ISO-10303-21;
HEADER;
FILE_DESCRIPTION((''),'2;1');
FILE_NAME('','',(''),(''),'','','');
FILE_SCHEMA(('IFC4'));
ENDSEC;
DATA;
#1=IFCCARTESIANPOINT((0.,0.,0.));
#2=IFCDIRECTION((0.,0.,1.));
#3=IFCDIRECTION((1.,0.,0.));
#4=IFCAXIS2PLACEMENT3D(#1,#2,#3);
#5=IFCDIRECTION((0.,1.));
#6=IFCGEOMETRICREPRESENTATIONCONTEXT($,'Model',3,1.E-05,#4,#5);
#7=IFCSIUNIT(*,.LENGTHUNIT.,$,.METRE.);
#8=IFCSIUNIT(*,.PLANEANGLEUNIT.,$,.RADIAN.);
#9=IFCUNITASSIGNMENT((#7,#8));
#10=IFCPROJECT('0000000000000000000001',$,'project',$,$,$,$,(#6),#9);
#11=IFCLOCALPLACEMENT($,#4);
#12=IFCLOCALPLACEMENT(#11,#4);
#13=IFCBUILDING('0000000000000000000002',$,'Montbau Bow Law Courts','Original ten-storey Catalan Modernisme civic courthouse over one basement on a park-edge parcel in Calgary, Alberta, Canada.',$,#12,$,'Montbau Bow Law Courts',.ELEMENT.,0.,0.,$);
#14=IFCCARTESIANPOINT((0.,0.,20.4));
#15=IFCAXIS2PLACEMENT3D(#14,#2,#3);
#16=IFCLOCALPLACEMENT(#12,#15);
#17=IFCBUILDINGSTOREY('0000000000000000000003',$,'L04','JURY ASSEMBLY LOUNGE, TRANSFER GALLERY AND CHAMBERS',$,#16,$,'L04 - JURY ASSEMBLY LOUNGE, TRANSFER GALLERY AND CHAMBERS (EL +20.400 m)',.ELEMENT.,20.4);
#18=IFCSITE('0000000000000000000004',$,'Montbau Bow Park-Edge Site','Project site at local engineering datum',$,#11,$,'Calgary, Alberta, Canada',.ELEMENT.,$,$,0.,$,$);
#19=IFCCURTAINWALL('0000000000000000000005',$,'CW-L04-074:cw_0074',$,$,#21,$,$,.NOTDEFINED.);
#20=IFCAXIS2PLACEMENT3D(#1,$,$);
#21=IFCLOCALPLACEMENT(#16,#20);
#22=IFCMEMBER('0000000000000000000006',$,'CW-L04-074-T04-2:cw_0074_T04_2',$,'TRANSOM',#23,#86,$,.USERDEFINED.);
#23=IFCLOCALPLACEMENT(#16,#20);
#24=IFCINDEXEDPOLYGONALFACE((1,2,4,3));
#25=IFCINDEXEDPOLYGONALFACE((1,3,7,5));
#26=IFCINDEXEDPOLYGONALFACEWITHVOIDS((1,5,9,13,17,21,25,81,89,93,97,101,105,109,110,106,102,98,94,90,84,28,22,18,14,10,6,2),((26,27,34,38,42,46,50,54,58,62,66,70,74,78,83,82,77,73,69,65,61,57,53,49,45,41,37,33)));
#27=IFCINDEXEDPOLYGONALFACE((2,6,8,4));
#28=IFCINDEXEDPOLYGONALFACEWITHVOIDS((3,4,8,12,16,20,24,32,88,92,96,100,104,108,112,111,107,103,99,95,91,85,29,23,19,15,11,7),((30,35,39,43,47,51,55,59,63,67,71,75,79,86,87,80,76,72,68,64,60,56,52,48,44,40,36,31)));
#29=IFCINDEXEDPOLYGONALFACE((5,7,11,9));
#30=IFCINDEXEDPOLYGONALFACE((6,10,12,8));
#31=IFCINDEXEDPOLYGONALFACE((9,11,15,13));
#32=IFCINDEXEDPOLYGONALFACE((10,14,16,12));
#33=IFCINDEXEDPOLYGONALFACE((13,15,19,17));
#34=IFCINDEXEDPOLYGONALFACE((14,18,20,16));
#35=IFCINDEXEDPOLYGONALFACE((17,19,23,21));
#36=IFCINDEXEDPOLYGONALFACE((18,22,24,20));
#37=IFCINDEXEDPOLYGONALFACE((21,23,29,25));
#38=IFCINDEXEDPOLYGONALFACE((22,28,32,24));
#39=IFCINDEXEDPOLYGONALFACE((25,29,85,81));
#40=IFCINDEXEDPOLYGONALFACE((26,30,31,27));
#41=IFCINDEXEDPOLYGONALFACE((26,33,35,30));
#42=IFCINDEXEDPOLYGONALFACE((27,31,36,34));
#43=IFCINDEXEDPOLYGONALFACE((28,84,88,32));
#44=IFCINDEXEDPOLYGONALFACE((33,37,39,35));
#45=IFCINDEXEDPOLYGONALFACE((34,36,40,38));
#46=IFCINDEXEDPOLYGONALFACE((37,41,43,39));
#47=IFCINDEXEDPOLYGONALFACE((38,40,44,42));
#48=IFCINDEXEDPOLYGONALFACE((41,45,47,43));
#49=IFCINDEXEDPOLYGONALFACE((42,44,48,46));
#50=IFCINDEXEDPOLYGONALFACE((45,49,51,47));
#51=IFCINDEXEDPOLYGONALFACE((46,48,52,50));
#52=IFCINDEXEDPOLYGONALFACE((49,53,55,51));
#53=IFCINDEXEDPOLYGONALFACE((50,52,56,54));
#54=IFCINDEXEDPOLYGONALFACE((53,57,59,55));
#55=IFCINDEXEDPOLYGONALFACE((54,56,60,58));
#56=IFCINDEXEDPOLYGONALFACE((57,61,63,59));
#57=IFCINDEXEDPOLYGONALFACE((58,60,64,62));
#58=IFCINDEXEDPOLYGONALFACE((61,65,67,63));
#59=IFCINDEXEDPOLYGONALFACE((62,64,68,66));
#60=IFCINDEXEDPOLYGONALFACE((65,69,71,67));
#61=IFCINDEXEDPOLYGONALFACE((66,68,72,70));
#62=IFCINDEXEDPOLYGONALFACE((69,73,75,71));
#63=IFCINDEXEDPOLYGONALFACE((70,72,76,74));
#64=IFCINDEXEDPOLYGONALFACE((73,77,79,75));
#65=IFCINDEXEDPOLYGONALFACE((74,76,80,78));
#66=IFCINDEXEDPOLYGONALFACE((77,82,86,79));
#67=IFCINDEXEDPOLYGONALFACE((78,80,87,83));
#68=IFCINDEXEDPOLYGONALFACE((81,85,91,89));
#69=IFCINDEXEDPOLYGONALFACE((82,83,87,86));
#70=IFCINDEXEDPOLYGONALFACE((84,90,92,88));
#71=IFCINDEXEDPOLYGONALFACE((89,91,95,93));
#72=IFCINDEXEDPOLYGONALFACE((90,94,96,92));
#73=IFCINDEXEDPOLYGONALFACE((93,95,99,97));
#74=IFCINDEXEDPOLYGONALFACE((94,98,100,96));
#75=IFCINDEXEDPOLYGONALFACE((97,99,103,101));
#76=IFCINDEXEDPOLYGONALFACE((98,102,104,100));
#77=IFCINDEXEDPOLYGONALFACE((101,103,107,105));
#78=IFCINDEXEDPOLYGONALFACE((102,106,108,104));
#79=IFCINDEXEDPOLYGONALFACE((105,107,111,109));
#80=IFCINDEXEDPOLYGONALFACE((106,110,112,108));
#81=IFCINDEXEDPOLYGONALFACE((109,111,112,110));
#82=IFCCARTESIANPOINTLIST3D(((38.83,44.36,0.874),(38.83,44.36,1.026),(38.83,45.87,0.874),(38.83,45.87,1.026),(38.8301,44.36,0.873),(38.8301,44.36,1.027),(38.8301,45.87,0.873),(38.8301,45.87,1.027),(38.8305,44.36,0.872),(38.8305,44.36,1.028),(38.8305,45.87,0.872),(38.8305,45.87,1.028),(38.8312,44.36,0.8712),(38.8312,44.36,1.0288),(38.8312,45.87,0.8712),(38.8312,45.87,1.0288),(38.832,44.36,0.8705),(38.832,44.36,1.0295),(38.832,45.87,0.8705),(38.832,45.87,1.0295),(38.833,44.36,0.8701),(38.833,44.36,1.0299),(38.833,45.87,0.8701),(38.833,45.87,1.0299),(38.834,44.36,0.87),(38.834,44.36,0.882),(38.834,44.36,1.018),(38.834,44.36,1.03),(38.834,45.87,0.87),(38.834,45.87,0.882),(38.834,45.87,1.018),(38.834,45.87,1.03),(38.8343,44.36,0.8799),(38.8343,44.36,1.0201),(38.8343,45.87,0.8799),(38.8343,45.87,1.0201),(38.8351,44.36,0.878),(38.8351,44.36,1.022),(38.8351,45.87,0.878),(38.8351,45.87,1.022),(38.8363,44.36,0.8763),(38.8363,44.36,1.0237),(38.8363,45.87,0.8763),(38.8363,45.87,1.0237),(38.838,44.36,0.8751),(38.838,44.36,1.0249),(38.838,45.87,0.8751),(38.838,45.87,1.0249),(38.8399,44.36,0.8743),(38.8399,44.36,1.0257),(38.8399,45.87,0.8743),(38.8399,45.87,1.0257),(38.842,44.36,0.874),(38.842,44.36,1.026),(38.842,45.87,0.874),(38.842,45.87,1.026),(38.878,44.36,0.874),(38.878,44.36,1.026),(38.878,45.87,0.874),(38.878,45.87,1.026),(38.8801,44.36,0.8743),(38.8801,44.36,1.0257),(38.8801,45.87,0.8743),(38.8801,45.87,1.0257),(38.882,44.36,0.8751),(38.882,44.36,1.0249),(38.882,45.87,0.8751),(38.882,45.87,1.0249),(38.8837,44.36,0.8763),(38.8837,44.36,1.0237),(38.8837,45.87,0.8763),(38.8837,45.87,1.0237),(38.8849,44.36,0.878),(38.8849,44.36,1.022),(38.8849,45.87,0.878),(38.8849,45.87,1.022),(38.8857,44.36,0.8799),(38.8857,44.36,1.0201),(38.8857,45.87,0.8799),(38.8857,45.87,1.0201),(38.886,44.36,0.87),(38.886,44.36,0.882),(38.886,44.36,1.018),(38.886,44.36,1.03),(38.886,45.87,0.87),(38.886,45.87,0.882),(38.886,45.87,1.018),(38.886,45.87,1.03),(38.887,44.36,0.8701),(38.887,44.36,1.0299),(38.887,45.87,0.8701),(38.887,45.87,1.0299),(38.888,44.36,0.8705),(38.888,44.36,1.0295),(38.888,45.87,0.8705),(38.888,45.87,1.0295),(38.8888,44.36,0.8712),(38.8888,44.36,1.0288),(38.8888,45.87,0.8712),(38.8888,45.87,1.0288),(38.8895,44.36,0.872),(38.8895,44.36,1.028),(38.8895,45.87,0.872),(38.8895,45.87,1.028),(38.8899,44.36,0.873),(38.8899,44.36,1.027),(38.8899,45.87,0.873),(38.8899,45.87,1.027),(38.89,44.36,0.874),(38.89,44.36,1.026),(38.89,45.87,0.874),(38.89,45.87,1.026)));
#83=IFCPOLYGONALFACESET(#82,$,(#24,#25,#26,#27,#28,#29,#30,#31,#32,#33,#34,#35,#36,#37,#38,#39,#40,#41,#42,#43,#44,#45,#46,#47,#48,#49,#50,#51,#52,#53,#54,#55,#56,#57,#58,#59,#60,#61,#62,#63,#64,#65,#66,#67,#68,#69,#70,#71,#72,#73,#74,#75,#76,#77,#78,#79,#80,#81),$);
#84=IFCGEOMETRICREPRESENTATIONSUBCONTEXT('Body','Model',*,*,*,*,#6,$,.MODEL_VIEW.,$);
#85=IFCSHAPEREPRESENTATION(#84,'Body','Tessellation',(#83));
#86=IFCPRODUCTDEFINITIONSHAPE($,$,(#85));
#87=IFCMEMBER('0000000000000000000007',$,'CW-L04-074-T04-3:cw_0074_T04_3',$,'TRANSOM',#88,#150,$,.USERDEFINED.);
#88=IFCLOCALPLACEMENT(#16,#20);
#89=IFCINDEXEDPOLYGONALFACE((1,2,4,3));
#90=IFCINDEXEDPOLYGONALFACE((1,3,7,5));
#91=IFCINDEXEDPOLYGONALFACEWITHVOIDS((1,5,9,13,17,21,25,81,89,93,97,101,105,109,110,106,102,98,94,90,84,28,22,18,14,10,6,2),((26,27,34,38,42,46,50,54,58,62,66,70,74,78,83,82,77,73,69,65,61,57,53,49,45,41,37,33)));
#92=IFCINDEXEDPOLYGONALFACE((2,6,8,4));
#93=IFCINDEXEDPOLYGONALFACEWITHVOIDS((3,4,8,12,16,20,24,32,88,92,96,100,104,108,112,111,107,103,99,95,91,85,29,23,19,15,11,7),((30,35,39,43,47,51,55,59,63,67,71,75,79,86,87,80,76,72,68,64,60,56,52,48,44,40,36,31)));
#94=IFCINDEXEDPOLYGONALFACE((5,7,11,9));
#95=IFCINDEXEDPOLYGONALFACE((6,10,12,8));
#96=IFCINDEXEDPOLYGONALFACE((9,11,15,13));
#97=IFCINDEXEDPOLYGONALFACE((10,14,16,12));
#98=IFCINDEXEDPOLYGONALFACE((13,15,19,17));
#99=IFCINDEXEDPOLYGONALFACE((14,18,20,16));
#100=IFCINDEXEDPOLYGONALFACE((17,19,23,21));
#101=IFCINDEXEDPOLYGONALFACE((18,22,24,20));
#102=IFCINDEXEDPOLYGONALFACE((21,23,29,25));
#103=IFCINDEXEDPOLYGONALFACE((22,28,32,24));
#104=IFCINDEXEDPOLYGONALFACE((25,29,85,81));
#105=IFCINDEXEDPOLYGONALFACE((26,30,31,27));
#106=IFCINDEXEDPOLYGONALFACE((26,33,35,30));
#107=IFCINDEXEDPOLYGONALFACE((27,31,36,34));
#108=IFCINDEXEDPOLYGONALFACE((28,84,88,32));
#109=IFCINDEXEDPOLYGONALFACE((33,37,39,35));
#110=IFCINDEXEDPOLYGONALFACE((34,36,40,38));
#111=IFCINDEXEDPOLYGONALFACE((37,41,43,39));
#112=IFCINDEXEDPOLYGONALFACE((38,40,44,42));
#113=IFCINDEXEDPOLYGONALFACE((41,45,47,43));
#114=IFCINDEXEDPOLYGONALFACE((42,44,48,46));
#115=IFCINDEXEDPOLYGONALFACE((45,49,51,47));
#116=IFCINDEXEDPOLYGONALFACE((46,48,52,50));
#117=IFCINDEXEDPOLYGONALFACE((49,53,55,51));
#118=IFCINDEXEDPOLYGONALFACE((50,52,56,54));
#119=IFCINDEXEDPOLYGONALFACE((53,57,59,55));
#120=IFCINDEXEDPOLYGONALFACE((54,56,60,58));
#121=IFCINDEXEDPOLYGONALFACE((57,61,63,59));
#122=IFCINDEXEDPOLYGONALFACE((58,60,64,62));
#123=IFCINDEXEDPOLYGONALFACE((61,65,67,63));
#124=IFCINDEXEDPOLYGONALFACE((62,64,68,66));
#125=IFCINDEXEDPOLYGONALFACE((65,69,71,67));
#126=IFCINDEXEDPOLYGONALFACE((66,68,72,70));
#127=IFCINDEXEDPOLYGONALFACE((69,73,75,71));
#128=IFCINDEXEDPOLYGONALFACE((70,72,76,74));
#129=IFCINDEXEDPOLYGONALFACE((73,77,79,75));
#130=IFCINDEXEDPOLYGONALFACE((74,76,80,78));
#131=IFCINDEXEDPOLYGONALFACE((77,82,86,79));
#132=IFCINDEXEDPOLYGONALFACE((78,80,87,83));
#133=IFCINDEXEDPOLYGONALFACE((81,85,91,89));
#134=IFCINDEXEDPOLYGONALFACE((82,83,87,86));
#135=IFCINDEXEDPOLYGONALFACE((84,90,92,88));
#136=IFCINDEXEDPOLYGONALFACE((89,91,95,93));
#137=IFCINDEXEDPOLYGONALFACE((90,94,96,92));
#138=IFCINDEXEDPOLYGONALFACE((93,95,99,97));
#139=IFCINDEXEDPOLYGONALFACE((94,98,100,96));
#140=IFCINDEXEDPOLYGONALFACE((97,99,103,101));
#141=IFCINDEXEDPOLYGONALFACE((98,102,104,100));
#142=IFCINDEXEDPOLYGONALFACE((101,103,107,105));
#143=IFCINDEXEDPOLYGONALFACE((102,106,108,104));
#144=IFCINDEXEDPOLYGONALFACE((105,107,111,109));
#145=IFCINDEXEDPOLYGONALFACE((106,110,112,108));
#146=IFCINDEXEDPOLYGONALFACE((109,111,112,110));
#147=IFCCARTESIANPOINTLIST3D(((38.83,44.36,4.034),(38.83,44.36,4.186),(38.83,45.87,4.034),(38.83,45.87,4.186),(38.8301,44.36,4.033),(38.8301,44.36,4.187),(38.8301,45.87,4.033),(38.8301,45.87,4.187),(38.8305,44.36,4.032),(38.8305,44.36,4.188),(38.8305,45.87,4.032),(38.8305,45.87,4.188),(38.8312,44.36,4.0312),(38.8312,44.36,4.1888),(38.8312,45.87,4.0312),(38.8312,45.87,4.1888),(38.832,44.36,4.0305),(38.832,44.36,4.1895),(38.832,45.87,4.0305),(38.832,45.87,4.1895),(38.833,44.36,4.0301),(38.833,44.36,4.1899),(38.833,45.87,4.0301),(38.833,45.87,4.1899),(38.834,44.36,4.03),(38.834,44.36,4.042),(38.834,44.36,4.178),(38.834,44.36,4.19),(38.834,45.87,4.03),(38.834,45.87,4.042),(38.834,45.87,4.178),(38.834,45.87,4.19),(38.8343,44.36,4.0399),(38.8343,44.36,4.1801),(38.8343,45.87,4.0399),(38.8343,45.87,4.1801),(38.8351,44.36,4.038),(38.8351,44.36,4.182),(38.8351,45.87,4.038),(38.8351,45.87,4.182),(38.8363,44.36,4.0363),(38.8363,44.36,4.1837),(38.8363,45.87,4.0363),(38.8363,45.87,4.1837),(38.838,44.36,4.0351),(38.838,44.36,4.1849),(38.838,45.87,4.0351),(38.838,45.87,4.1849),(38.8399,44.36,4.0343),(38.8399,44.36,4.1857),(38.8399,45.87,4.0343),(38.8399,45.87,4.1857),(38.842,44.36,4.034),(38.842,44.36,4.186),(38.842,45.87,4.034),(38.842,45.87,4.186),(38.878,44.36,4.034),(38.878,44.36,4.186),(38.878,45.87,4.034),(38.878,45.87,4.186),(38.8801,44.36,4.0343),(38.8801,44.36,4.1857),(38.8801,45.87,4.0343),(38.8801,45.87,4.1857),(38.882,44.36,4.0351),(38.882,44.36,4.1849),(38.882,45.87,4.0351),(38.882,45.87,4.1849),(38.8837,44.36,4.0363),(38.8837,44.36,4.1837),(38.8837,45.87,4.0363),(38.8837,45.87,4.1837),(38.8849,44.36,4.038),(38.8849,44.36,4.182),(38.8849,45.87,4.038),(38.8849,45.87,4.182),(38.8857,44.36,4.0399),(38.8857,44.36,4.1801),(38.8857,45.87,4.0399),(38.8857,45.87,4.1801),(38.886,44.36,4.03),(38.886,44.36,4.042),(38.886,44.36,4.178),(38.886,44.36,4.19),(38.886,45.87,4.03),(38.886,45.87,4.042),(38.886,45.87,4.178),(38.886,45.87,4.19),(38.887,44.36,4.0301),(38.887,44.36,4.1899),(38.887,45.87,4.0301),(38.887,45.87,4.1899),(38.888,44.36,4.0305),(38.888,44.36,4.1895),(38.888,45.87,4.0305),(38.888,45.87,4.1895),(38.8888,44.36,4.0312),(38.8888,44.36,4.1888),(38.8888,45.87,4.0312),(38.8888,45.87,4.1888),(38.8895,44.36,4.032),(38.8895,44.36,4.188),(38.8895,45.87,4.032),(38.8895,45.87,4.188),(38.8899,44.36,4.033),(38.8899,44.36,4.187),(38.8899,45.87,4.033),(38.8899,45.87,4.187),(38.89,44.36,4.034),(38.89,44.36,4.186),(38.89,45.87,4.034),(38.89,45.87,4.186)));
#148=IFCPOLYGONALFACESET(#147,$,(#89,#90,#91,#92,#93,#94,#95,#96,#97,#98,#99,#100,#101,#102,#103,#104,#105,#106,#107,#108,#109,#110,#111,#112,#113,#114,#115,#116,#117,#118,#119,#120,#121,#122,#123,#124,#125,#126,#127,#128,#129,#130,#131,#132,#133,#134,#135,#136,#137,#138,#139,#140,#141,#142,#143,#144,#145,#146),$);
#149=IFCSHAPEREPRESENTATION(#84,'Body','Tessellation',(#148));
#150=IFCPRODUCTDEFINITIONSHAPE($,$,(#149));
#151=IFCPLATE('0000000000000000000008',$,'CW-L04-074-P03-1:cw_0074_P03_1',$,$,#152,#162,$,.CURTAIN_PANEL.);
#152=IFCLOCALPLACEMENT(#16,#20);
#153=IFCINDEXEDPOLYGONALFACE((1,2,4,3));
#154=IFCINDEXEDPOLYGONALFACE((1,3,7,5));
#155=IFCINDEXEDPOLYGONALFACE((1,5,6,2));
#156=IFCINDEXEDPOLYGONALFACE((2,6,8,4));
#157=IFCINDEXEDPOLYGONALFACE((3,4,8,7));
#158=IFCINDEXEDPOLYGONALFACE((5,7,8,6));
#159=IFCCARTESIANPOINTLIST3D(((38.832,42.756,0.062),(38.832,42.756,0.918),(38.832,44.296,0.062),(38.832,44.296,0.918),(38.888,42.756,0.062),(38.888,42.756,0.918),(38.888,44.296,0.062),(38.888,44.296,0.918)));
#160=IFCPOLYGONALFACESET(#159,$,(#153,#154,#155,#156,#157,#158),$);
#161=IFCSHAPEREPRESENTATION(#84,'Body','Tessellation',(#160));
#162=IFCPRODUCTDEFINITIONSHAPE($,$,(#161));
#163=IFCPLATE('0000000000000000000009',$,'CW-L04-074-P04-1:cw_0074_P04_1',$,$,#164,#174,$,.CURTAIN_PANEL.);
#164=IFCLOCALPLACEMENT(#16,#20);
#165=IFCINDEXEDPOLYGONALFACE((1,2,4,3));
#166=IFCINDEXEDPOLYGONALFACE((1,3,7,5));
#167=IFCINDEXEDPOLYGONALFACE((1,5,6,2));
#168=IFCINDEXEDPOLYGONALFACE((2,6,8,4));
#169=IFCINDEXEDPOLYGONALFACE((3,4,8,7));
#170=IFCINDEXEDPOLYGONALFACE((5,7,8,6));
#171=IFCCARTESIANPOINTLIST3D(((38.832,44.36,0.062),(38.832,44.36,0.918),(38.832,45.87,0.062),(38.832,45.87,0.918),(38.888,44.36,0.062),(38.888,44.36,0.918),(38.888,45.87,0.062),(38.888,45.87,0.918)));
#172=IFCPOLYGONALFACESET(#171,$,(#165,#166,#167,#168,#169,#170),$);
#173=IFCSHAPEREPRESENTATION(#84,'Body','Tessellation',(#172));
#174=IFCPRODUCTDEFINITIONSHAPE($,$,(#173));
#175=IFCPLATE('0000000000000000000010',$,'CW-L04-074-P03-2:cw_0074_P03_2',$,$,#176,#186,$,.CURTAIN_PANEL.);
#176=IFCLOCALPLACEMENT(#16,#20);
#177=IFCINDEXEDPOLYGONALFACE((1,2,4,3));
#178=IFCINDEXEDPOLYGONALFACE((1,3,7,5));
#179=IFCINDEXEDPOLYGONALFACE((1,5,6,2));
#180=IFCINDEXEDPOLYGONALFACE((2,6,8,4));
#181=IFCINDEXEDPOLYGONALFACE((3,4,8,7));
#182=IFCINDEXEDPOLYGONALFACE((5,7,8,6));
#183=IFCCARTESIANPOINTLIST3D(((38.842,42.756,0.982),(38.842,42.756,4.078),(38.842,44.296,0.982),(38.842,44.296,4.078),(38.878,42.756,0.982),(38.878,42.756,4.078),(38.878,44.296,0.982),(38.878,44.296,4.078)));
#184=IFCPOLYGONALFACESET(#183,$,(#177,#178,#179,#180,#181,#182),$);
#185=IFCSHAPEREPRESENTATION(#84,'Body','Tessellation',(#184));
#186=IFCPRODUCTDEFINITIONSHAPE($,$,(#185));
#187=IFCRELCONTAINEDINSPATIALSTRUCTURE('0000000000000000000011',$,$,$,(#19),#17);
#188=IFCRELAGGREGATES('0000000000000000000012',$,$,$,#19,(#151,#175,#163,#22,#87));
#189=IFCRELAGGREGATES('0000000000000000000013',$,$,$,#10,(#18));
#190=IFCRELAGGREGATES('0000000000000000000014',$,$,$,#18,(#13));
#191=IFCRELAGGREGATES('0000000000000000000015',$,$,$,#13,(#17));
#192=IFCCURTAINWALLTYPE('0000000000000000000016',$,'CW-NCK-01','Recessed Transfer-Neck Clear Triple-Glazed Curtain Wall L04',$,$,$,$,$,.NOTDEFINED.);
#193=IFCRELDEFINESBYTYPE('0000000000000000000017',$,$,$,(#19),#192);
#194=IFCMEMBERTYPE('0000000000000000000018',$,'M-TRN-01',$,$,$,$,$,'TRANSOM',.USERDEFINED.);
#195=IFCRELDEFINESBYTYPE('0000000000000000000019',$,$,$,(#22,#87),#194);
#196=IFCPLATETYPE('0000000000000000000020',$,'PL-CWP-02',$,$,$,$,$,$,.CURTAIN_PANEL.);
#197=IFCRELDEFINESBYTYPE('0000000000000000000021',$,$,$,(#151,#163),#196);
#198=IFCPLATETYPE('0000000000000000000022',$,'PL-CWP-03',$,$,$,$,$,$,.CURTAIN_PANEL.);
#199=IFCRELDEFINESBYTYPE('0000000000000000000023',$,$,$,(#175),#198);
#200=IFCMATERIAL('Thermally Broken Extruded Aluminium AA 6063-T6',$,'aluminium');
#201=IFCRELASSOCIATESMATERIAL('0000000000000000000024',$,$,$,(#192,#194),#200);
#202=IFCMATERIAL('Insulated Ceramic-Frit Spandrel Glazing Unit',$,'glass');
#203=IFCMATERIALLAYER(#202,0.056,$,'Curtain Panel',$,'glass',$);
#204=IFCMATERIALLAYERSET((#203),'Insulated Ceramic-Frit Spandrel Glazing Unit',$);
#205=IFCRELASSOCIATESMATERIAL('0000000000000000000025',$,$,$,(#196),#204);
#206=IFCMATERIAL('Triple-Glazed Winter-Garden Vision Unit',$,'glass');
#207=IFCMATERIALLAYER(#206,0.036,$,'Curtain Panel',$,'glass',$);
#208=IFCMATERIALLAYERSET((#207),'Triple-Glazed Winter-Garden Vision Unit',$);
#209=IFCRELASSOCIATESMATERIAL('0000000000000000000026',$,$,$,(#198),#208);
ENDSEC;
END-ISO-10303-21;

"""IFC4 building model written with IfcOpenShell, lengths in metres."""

from ifc_helpers import new_model, si_unit, direction, frame, frame_2d, origin_with_axes, origin_2d_with_axis, place, context, subcontext, project, spatial, rectangle, hollow_rectangle, extrude, material, layer, layer_set, material_profile, profile_set, type_object, element, aggregate, save


model = new_model("IFC4")

# Units and contexts
model_context = context("Model", 3, precision=1e-05, world=origin_with_axes(), true_north=direction((0.0, 1.0)))
body_context = subcontext(model_context, "Body", "Model", "MODEL_VIEW")
ifc_project = project(units=[si_unit("LENGTHUNIT", "METRE"), si_unit("PLANEANGLEUNIT", "RADIAN")], contexts=[model_context])

# Site, building, storey
site_placement = place(None, origin_with_axes())
site = spatial("IfcSite", under=ifc_project, at=site_placement, Name="Montbau Bow Park-Edge Site", Description="Project site at local engineering datum", LongName="Calgary, Alberta, Canada", CompositionType="ELEMENT", RefElevation=0.0)
building_placement = place(site_placement, origin_with_axes())
building = spatial("IfcBuilding", under=site, at=building_placement, Name="Montbau Bow Law Courts", Description="Original ten-storey Catalan Modernisme civic courthouse over one basement on a park-edge parcel in Calgary, Alberta, Canada.", LongName="Montbau Bow Law Courts", CompositionType="ELEMENT", ElevationOfRefHeight=0.0, ElevationOfTerrain=0.0)
storey_placement = place(building_placement, frame((0.0, 0.0, 20.4), z_axis=(0.0, 0.0, 1.0), x_axis=(1.0, 0.0, 0.0)))
storey = spatial("IfcBuildingStorey", under=building, at=storey_placement, Name="L04", Description="JURY ASSEMBLY LOUNGE, TRANSFER GALLERY AND CHAMBERS", LongName="L04 - JURY ASSEMBLY LOUNGE, TRANSFER GALLERY AND CHAMBERS (EL +20.400 m)", CompositionType="ELEMENT", Elevation=20.4)

# Curtain wall, members, plates
ifc_material_1 = material(Name="Thermally Broken Extruded Aluminium AA 6063-T6", Category="aluminium")
curtain_wall_type = type_object("IfcCurtainWallType", Name="CW-NCK-01", Description="Recessed Transfer-Neck Clear Triple-Glazed Curtain Wall L04", PredefinedType="NOTDEFINED", material=ifc_material_1)
curtain_wall_placement = place(None, frame((38.86, 39.515, 20.4), z_axis=(0.0, 0.0, 1.0), x_axis=(1.0, 0.0, 0.0)))
curtain_wall = element("IfcCurtainWall", 1, at=curtain_wall_placement, inside=storey, type_object=curtain_wall_type, Name="CW-L04-074:cw_0074", PredefinedType="NOTDEFINED")
ifc_material_profile_1 = material_profile(ifc_material_1, hollow_rectangle(XDim=0.06, YDim=0.16, WallThickness=0.004, InnerFilletRadius=0.008, OuterFilletRadius=0.004, at=origin_2d_with_axis()), Name="CWT-160X60", Category="Main", Priority=0)
ifc_profile_set_1 = profile_set([ifc_material_profile_1], Name="Thermally Broken Extruded Aluminium AA 6063-T6")
member_type_1 = type_object("IfcMemberType", Name="M-TRN-01", ElementType="TRANSOM", PredefinedType="USERDEFINED", material=ifc_profile_set_1)
member_1_placement = place(None, frame((38.86, 44.36, 21.35), z_axis=(0.0, 1.0, 0.0), x_axis=(-1.0, 0.0, 0.0)))
member_1 = element("IfcMember", 2, at=member_1_placement, type_object=member_type_1, Name="CW-L04-074-T04-2:cw_0074_T04_2", ObjectType="TRANSOM", PredefinedType="USERDEFINED", context=body_context, shape_type="SweptSolid", body=[
    extrude(hollow_rectangle(XDim=0.06, YDim=0.16, WallThickness=0.004, InnerFilletRadius=0.008, OuterFilletRadius=0.004, at=origin_2d_with_axis()), origin_with_axes(), (0.0, 0.0, 1.0), 1.51),
])
member_2_placement = place(None, frame((38.86, 44.36, 24.51), z_axis=(0.0, 1.0, 0.0), x_axis=(-1.0, 0.0, 0.0)))
member_2 = element("IfcMember", 3, at=member_2_placement, type_object=member_type_1, Name="CW-L04-074-T04-3:cw_0074_T04_3", ObjectType="TRANSOM", PredefinedType="USERDEFINED", context=body_context, shape_type="SweptSolid", body=[
    extrude(hollow_rectangle(XDim=0.06, YDim=0.16, WallThickness=0.004, InnerFilletRadius=0.008, OuterFilletRadius=0.004, at=origin_2d_with_axis()), origin_with_axes(), (0.0, 0.0, 1.0), 1.51),
])
ifc_material_2 = material(Name="Insulated Ceramic-Frit Spandrel Glazing Unit", Category="glass")
ifc_layer_1 = layer(ifc_material_2, 0.056, Name="Curtain Panel", Category="glass")
ifc_layer_set_1 = layer_set([ifc_layer_1], Name="Insulated Ceramic-Frit Spandrel Glazing Unit")
plate_type_1 = type_object("IfcPlateType", Name="PL-CWP-02", PredefinedType="CURTAIN_PANEL", material=ifc_layer_set_1)
plate_1_placement = place(None, frame((38.86, 42.756, 20.462), z_axis=(1.0, 0.0, 0.0), x_axis=(0.0, 1.0, 0.0)))
plate_1 = element("IfcPlate", 4, at=plate_1_placement, type_object=plate_type_1, Name="CW-L04-074-P03-1:cw_0074_P03_1", PredefinedType="CURTAIN_PANEL", context=body_context, shape_type="SweptSolid", body=[
    extrude(rectangle(XDim=1.54, YDim=0.856, at=frame_2d((0.77, 0.428), x_axis=(1.0, 0.0))), frame((0.0, 0.0, -0.028), z_axis=(0.0, 0.0, 1.0), x_axis=(1.0, 0.0, 0.0)), (0.0, 0.0, 1.0), 0.056),
])
plate_2_placement = place(None, frame((38.86, 44.36, 20.462), z_axis=(1.0, 0.0, 0.0), x_axis=(0.0, 1.0, 0.0)))
plate_2 = element("IfcPlate", 5, at=plate_2_placement, type_object=plate_type_1, Name="CW-L04-074-P04-1:cw_0074_P04_1", PredefinedType="CURTAIN_PANEL", context=body_context, shape_type="SweptSolid", body=[
    extrude(rectangle(XDim=1.51, YDim=0.856, at=frame_2d((0.755, 0.428), x_axis=(1.0, 0.0))), frame((0.0, 0.0, -0.028), z_axis=(0.0, 0.0, 1.0), x_axis=(1.0, 0.0, 0.0)), (0.0, 0.0, 1.0), 0.056),
])
ifc_material_3 = material(Name="Triple-Glazed Winter-Garden Vision Unit", Category="glass")
ifc_layer_2 = layer(ifc_material_3, 0.036, Name="Curtain Panel", Category="glass")
ifc_layer_set_2 = layer_set([ifc_layer_2], Name="Triple-Glazed Winter-Garden Vision Unit")
plate_type_2 = type_object("IfcPlateType", Name="PL-CWP-03", PredefinedType="CURTAIN_PANEL", material=ifc_layer_set_2)
plate_3_placement = place(None, frame((38.86, 42.756, 21.382), z_axis=(1.0, 0.0, 0.0), x_axis=(0.0, 1.0, 0.0)))
plate_3 = element("IfcPlate", 6, at=plate_3_placement, type_object=plate_type_2, Name="CW-L04-074-P03-2:cw_0074_P03_2", PredefinedType="CURTAIN_PANEL", context=body_context, shape_type="SweptSolid", body=[
    extrude(rectangle(XDim=1.54, YDim=3.096, at=frame_2d((0.77, 1.548), x_axis=(1.0, 0.0))), frame((0.0, 0.0, -0.018), z_axis=(0.0, 0.0, 1.0), x_axis=(1.0, 0.0, 0.0)), (0.0, 0.0, 1.0), 0.036),
])
aggregate(curtain_wall, [plate_1, plate_3, plate_2, member_1, member_2])

save(model, "model.ifc")
